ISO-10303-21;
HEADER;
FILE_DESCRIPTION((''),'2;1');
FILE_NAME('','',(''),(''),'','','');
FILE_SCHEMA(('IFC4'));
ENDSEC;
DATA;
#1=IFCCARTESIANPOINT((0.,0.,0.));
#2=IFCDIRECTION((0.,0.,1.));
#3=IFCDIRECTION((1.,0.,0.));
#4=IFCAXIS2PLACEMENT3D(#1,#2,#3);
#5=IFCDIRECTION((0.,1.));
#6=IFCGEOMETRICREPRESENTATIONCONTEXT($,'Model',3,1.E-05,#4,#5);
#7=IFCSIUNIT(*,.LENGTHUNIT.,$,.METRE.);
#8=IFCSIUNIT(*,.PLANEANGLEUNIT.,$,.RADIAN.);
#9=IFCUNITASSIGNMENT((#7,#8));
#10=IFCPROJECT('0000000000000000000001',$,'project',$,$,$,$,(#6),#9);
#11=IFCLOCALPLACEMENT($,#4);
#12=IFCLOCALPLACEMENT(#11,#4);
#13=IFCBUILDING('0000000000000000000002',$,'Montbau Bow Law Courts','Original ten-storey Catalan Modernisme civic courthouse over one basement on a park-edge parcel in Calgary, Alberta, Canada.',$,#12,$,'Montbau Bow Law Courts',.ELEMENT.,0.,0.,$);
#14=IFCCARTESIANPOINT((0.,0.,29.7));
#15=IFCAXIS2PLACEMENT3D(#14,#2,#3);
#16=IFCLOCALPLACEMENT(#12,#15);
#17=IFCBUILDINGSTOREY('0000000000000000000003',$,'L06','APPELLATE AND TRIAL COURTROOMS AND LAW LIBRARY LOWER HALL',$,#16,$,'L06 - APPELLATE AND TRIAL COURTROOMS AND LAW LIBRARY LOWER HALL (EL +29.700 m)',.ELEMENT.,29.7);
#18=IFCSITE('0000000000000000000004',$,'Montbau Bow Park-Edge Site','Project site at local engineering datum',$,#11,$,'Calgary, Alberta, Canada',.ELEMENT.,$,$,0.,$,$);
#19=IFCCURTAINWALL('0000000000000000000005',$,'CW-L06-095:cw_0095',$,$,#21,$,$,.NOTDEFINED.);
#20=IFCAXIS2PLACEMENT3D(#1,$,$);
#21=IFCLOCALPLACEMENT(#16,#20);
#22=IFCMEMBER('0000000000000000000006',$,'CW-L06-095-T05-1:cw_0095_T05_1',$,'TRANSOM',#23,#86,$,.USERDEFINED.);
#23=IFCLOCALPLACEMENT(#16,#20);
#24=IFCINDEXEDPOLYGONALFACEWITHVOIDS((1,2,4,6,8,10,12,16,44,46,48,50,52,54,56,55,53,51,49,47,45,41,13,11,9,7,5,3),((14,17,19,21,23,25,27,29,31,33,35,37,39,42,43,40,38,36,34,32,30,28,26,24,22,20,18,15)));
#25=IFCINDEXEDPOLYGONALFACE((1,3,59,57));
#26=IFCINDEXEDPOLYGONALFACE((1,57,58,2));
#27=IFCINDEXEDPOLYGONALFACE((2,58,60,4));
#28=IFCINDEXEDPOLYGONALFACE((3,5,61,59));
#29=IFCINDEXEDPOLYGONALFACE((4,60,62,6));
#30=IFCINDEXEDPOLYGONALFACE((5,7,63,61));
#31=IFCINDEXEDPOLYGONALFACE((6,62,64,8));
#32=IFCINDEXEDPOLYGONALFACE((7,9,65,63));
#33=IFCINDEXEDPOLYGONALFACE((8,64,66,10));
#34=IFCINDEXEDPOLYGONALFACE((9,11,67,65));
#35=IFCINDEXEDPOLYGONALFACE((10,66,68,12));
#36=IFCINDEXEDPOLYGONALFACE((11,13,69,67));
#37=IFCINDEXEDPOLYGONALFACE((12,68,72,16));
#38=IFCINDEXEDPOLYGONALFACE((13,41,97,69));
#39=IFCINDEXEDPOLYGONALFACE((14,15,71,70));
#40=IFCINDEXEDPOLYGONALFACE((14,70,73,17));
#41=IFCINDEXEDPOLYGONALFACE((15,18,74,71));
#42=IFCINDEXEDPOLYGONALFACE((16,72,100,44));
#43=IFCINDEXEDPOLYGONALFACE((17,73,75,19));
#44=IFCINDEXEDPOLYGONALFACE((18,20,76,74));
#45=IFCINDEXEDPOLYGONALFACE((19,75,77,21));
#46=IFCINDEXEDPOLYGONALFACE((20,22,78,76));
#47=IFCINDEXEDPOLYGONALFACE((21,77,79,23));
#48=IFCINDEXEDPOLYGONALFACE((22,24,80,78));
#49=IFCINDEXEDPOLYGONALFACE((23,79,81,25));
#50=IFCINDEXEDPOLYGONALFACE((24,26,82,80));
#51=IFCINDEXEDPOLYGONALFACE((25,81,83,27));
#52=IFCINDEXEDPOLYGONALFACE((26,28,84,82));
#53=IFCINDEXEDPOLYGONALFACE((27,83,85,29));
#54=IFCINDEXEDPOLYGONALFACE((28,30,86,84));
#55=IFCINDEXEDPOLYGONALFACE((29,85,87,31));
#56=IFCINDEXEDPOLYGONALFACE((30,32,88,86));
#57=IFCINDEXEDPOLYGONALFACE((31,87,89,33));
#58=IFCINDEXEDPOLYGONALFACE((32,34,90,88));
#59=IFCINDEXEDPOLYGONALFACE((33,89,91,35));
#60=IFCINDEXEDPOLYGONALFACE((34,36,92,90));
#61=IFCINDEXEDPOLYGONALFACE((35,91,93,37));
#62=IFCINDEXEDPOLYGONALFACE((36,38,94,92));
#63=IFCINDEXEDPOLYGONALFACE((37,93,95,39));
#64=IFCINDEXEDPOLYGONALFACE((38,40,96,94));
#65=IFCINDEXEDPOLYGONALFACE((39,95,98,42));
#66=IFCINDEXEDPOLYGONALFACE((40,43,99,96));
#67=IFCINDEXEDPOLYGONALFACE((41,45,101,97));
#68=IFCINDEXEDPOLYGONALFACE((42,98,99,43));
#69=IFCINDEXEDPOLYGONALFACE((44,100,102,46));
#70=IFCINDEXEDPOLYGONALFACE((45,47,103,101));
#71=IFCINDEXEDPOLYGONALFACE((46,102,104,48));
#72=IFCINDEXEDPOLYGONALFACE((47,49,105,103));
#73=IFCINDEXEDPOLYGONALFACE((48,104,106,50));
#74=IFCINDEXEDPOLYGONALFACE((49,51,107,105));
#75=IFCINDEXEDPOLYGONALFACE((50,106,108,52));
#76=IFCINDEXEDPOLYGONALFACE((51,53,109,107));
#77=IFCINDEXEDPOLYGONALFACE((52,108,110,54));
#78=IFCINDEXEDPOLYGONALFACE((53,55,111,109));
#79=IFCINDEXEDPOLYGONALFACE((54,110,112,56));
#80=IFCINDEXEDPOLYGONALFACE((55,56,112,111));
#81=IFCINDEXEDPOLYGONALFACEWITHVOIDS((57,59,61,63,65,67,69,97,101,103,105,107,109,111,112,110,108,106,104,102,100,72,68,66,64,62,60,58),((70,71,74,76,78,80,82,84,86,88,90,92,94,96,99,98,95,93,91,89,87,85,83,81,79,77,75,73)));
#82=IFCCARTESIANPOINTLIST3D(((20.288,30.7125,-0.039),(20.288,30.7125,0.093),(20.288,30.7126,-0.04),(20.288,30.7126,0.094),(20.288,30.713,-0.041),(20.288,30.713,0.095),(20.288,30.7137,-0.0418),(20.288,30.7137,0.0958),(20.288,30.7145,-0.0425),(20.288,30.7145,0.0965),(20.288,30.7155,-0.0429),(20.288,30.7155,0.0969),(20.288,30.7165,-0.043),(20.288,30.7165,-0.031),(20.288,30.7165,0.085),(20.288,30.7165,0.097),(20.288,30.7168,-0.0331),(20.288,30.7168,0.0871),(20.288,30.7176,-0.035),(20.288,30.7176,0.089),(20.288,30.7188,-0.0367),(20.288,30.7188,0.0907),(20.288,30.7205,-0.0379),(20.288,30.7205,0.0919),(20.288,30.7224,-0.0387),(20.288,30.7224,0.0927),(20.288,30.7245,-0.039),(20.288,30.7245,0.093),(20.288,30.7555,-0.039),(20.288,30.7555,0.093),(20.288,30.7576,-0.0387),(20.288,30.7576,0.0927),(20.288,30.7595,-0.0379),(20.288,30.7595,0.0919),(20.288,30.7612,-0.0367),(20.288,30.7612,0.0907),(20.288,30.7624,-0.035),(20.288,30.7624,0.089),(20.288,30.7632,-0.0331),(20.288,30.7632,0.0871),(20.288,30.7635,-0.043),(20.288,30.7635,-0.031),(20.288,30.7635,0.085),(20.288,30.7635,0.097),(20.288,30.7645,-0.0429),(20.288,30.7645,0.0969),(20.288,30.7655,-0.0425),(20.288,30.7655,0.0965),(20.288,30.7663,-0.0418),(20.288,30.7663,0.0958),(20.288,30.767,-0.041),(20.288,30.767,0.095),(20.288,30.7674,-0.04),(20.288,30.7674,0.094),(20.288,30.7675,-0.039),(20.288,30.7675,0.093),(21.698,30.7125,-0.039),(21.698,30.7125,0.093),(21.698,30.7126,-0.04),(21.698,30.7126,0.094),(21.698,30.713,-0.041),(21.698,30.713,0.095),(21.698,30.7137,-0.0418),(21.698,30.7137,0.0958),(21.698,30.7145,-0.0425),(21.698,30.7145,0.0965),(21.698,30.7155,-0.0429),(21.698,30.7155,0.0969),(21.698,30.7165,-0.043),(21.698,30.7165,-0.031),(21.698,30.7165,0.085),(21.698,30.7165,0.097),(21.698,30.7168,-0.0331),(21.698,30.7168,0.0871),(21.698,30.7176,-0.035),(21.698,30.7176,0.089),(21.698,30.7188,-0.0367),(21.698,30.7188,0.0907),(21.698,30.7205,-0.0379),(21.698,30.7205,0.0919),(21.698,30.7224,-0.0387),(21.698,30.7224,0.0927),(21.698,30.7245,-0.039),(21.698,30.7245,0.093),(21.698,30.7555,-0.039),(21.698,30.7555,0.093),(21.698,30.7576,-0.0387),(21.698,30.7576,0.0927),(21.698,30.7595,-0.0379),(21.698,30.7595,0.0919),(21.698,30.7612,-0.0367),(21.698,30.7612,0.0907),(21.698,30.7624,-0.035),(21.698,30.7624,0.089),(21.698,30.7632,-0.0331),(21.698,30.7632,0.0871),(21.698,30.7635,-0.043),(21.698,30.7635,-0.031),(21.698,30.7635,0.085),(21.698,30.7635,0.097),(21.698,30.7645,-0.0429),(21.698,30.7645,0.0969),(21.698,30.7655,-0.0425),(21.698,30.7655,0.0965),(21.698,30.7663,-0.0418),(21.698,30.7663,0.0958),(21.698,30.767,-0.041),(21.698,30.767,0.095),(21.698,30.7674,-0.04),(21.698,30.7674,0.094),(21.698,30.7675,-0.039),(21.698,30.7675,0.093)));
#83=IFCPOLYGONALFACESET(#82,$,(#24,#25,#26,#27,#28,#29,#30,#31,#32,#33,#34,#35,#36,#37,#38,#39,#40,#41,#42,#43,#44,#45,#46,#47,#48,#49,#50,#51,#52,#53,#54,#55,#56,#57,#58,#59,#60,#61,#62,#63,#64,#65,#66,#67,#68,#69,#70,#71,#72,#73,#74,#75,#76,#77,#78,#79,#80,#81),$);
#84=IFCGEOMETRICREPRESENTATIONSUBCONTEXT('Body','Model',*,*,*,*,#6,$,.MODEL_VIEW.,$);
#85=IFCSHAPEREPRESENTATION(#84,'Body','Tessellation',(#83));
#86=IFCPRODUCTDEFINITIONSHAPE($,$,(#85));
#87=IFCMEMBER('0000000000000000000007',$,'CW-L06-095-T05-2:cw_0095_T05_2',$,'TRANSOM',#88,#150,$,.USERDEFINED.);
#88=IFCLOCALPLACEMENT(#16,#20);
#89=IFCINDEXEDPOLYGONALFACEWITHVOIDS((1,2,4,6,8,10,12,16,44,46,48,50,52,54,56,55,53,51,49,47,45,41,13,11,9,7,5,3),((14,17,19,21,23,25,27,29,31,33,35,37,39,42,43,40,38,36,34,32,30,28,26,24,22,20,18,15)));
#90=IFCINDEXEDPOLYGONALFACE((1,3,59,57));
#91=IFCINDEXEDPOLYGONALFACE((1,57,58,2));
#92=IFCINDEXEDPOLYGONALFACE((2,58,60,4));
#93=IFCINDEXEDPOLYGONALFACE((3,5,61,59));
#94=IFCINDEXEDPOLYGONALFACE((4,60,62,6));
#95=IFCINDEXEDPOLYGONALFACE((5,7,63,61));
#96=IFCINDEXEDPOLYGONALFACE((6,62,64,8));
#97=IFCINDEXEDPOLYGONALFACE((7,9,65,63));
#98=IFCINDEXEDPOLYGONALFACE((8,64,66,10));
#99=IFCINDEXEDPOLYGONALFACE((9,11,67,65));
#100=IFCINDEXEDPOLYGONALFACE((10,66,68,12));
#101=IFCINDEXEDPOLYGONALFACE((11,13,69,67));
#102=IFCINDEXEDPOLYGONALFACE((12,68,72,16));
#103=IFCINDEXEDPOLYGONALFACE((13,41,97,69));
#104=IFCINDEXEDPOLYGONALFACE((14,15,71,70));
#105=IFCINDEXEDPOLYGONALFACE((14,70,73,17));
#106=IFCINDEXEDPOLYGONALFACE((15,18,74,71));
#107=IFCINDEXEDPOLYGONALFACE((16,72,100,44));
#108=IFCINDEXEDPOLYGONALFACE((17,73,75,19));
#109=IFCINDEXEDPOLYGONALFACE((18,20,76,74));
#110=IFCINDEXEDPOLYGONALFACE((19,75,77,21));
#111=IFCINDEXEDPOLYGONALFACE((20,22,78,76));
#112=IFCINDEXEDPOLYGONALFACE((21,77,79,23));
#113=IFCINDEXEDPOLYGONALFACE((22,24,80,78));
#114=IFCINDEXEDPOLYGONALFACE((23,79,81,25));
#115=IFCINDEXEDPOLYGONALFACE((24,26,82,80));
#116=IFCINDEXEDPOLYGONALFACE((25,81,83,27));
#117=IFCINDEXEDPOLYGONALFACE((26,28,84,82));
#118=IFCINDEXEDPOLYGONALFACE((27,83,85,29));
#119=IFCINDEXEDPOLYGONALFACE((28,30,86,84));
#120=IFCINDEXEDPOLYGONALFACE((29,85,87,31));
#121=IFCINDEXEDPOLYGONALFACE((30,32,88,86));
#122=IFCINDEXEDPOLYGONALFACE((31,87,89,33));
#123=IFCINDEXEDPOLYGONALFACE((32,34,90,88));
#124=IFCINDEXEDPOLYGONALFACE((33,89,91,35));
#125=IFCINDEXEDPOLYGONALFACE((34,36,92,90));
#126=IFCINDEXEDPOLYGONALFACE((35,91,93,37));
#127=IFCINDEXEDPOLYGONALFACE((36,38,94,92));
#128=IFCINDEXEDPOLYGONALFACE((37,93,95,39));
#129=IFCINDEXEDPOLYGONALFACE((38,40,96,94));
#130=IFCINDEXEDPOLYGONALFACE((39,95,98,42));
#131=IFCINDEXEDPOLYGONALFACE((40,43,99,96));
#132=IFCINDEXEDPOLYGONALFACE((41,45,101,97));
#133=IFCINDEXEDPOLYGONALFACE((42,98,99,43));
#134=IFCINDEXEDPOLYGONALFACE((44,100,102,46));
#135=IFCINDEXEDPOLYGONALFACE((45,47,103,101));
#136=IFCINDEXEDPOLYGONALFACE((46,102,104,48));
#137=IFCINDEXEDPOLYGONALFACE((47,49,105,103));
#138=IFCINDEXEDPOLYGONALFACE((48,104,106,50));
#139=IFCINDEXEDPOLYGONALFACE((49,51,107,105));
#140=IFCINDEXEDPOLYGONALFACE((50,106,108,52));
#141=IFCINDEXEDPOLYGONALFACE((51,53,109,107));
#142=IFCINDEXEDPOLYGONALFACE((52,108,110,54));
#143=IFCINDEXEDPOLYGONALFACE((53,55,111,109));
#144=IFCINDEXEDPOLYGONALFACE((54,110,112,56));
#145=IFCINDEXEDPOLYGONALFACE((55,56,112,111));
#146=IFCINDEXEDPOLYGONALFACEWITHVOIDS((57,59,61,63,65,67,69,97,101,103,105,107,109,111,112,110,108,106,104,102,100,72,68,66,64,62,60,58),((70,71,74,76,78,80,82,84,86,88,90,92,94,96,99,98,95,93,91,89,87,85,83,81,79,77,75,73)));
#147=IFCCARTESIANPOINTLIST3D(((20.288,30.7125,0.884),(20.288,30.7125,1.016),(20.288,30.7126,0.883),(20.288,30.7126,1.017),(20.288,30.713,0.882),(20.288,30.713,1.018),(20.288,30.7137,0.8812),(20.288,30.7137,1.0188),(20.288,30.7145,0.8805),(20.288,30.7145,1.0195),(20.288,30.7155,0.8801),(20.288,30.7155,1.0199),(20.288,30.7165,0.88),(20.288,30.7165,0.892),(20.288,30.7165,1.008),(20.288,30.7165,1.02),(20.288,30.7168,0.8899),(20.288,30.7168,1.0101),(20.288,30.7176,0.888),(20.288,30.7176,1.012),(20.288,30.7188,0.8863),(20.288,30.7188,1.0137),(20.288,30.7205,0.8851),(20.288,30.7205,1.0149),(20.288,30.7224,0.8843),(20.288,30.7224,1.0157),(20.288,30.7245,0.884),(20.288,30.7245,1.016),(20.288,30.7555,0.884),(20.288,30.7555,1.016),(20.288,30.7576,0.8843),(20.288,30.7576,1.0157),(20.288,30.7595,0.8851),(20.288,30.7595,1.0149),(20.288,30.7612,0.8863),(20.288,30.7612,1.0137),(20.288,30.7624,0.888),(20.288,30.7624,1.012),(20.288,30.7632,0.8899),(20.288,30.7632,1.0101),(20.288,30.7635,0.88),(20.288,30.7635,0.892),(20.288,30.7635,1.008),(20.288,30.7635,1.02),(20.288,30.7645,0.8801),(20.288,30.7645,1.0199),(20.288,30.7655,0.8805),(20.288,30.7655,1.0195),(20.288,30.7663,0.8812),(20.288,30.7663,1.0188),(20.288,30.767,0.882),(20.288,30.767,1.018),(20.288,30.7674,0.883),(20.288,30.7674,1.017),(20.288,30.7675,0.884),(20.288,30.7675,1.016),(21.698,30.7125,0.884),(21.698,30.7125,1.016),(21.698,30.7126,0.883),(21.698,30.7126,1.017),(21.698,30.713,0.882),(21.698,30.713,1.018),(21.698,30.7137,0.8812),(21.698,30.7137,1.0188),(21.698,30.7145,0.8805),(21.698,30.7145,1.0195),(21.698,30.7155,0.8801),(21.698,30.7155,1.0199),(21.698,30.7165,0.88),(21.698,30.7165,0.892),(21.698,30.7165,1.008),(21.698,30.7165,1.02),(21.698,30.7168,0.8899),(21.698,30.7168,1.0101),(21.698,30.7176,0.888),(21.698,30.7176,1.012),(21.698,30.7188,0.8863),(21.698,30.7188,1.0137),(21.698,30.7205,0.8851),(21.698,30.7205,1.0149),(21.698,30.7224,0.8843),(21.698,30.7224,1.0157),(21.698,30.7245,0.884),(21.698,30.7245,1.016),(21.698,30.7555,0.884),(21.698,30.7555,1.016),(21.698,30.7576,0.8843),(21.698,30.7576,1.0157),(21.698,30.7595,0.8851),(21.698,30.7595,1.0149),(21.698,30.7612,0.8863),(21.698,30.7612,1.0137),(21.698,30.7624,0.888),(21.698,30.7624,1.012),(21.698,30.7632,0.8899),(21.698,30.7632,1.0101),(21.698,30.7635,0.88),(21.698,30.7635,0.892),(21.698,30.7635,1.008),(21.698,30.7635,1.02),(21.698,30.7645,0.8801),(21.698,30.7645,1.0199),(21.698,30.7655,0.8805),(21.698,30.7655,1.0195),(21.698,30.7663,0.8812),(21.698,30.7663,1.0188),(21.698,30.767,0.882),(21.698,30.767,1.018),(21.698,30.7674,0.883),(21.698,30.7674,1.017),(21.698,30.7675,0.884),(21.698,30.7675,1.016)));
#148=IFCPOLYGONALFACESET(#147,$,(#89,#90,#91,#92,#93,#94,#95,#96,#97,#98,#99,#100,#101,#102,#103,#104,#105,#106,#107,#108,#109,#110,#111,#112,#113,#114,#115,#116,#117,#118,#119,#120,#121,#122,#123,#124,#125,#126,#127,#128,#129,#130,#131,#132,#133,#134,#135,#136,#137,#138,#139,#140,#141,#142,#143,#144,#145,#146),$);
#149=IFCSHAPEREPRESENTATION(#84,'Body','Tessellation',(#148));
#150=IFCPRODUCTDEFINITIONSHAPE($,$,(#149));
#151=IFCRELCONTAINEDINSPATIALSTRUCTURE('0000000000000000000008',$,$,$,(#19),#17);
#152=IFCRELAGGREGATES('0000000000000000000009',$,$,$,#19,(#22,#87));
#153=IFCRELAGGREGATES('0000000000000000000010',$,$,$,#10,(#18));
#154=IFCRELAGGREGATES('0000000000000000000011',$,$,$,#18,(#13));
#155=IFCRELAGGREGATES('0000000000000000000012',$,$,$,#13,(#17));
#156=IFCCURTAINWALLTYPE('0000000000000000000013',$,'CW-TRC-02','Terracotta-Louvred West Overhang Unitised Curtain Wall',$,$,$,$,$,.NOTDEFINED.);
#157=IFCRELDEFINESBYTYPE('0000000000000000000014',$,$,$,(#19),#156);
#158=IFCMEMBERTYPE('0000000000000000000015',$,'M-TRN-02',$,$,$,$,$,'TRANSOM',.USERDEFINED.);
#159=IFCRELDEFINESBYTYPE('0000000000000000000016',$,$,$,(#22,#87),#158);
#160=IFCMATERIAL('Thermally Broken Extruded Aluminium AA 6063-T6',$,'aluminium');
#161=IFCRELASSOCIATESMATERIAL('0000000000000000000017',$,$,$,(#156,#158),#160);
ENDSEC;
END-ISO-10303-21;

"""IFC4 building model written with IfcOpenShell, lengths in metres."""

from ifc_helpers import new_model, si_unit, direction, frame, origin_with_axes, origin_2d_with_axis, place, context, subcontext, project, spatial, hollow_rectangle, extrude, material, material_profile, profile_set, type_object, element, aggregate, save


model = new_model("IFC4")

# Units and contexts
model_context = context("Model", 3, precision=1e-05, world=origin_with_axes(), true_north=direction((0.0, 1.0)))
body_context = subcontext(model_context, "Body", "Model", "MODEL_VIEW")
ifc_project = project(units=[si_unit("LENGTHUNIT", "METRE"), si_unit("PLANEANGLEUNIT", "RADIAN")], contexts=[model_context])

# Site, building, storey
site_placement = place(None, origin_with_axes())
site = spatial("IfcSite", under=ifc_project, at=site_placement, Name="Montbau Bow Park-Edge Site", Description="Project site at local engineering datum", LongName="Calgary, Alberta, Canada", CompositionType="ELEMENT", RefElevation=0.0)
building_placement = place(site_placement, origin_with_axes())
building = spatial("IfcBuilding", under=site, at=building_placement, Name="Montbau Bow Law Courts", Description="Original ten-storey Catalan Modernisme civic courthouse over one basement on a park-edge parcel in Calgary, Alberta, Canada.", LongName="Montbau Bow Law Courts", CompositionType="ELEMENT", ElevationOfRefHeight=0.0, ElevationOfTerrain=0.0)
storey_placement = place(building_placement, frame((0.0, 0.0, 29.7), z_axis=(0.0, 0.0, 1.0), x_axis=(1.0, 0.0, 0.0)))
storey = spatial("IfcBuildingStorey", under=building, at=storey_placement, Name="L06", Description="APPELLATE AND TRIAL COURTROOMS AND LAW LIBRARY LOWER HALL", LongName="L06 - APPELLATE AND TRIAL COURTROOMS AND LAW LIBRARY LOWER HALL (EL +29.700 m)", CompositionType="ELEMENT", Elevation=29.7)

# Curtain wall, members
ifc_material_1 = material(Name="Thermally Broken Extruded Aluminium AA 6063-T6", Category="aluminium")
curtain_wall_type = type_object("IfcCurtainWallType", Name="CW-TRC-02", Description="Terracotta-Louvred West Overhang Unitised Curtain Wall", PredefinedType="NOTDEFINED", material=ifc_material_1)
curtain_wall_1_placement = place(None, frame((14.24, 30.74, 29.7), z_axis=(0.0, 0.0, 1.0), x_axis=(1.0, 0.0, 0.0)))
curtain_wall_1 = element("IfcCurtainWall", 1, at=curtain_wall_1_placement, inside=storey, type_object=curtain_wall_type, Name="CW-L06-095:cw_0095", PredefinedType="NOTDEFINED")
ifc_material_profile_1 = material_profile(ifc_material_1, hollow_rectangle(XDim=0.055, YDim=0.14, WallThickness=0.004, InnerFilletRadius=0.008, OuterFilletRadius=0.004, at=origin_2d_with_axis()), Name="CWT-140X55", Category="Main", Priority=0)
ifc_profile_set_1 = profile_set([ifc_material_profile_1], Name="Thermally Broken Extruded Aluminium AA 6063-T6")
member_type_1 = type_object("IfcMemberType", Name="M-TRN-02", ElementType="TRANSOM", PredefinedType="USERDEFINED", material=ifc_profile_set_1)
member_1_placement = place(None, frame((20.288, 30.74, 29.727), z_axis=(1.0, 0.0, 0.0), x_axis=(0.0, 1.0, 0.0)))
member_1 = element("IfcMember", 2, at=member_1_placement, type_object=member_type_1, Name="CW-L06-095-T05-1:cw_0095_T05_1", ObjectType="TRANSOM", PredefinedType="USERDEFINED", context=body_context, shape_type="SweptSolid", body=[
    extrude(hollow_rectangle(XDim=0.055, YDim=0.14, WallThickness=0.004, InnerFilletRadius=0.008, OuterFilletRadius=0.004, at=origin_2d_with_axis()), origin_with_axes(), (0.0, 0.0, 1.0), 1.41),
])
member_2_placement = place(None, frame((20.288, 30.74, 30.65), z_axis=(1.0, 0.0, 0.0), x_axis=(0.0, 1.0, 0.0)))
member_2 = element("IfcMember", 3, at=member_2_placement, type_object=member_type_1, Name="CW-L06-095-T05-2:cw_0095_T05_2", ObjectType="TRANSOM", PredefinedType="USERDEFINED", context=body_context, shape_type="SweptSolid", body=[
    extrude(hollow_rectangle(XDim=0.055, YDim=0.14, WallThickness=0.004, InnerFilletRadius=0.008, OuterFilletRadius=0.004, at=origin_2d_with_axis()), origin_with_axes(), (0.0, 0.0, 1.0), 1.41),
])

aggregate(curtain_wall_1, [member_1, member_2])

save(model, "model.ifc")
